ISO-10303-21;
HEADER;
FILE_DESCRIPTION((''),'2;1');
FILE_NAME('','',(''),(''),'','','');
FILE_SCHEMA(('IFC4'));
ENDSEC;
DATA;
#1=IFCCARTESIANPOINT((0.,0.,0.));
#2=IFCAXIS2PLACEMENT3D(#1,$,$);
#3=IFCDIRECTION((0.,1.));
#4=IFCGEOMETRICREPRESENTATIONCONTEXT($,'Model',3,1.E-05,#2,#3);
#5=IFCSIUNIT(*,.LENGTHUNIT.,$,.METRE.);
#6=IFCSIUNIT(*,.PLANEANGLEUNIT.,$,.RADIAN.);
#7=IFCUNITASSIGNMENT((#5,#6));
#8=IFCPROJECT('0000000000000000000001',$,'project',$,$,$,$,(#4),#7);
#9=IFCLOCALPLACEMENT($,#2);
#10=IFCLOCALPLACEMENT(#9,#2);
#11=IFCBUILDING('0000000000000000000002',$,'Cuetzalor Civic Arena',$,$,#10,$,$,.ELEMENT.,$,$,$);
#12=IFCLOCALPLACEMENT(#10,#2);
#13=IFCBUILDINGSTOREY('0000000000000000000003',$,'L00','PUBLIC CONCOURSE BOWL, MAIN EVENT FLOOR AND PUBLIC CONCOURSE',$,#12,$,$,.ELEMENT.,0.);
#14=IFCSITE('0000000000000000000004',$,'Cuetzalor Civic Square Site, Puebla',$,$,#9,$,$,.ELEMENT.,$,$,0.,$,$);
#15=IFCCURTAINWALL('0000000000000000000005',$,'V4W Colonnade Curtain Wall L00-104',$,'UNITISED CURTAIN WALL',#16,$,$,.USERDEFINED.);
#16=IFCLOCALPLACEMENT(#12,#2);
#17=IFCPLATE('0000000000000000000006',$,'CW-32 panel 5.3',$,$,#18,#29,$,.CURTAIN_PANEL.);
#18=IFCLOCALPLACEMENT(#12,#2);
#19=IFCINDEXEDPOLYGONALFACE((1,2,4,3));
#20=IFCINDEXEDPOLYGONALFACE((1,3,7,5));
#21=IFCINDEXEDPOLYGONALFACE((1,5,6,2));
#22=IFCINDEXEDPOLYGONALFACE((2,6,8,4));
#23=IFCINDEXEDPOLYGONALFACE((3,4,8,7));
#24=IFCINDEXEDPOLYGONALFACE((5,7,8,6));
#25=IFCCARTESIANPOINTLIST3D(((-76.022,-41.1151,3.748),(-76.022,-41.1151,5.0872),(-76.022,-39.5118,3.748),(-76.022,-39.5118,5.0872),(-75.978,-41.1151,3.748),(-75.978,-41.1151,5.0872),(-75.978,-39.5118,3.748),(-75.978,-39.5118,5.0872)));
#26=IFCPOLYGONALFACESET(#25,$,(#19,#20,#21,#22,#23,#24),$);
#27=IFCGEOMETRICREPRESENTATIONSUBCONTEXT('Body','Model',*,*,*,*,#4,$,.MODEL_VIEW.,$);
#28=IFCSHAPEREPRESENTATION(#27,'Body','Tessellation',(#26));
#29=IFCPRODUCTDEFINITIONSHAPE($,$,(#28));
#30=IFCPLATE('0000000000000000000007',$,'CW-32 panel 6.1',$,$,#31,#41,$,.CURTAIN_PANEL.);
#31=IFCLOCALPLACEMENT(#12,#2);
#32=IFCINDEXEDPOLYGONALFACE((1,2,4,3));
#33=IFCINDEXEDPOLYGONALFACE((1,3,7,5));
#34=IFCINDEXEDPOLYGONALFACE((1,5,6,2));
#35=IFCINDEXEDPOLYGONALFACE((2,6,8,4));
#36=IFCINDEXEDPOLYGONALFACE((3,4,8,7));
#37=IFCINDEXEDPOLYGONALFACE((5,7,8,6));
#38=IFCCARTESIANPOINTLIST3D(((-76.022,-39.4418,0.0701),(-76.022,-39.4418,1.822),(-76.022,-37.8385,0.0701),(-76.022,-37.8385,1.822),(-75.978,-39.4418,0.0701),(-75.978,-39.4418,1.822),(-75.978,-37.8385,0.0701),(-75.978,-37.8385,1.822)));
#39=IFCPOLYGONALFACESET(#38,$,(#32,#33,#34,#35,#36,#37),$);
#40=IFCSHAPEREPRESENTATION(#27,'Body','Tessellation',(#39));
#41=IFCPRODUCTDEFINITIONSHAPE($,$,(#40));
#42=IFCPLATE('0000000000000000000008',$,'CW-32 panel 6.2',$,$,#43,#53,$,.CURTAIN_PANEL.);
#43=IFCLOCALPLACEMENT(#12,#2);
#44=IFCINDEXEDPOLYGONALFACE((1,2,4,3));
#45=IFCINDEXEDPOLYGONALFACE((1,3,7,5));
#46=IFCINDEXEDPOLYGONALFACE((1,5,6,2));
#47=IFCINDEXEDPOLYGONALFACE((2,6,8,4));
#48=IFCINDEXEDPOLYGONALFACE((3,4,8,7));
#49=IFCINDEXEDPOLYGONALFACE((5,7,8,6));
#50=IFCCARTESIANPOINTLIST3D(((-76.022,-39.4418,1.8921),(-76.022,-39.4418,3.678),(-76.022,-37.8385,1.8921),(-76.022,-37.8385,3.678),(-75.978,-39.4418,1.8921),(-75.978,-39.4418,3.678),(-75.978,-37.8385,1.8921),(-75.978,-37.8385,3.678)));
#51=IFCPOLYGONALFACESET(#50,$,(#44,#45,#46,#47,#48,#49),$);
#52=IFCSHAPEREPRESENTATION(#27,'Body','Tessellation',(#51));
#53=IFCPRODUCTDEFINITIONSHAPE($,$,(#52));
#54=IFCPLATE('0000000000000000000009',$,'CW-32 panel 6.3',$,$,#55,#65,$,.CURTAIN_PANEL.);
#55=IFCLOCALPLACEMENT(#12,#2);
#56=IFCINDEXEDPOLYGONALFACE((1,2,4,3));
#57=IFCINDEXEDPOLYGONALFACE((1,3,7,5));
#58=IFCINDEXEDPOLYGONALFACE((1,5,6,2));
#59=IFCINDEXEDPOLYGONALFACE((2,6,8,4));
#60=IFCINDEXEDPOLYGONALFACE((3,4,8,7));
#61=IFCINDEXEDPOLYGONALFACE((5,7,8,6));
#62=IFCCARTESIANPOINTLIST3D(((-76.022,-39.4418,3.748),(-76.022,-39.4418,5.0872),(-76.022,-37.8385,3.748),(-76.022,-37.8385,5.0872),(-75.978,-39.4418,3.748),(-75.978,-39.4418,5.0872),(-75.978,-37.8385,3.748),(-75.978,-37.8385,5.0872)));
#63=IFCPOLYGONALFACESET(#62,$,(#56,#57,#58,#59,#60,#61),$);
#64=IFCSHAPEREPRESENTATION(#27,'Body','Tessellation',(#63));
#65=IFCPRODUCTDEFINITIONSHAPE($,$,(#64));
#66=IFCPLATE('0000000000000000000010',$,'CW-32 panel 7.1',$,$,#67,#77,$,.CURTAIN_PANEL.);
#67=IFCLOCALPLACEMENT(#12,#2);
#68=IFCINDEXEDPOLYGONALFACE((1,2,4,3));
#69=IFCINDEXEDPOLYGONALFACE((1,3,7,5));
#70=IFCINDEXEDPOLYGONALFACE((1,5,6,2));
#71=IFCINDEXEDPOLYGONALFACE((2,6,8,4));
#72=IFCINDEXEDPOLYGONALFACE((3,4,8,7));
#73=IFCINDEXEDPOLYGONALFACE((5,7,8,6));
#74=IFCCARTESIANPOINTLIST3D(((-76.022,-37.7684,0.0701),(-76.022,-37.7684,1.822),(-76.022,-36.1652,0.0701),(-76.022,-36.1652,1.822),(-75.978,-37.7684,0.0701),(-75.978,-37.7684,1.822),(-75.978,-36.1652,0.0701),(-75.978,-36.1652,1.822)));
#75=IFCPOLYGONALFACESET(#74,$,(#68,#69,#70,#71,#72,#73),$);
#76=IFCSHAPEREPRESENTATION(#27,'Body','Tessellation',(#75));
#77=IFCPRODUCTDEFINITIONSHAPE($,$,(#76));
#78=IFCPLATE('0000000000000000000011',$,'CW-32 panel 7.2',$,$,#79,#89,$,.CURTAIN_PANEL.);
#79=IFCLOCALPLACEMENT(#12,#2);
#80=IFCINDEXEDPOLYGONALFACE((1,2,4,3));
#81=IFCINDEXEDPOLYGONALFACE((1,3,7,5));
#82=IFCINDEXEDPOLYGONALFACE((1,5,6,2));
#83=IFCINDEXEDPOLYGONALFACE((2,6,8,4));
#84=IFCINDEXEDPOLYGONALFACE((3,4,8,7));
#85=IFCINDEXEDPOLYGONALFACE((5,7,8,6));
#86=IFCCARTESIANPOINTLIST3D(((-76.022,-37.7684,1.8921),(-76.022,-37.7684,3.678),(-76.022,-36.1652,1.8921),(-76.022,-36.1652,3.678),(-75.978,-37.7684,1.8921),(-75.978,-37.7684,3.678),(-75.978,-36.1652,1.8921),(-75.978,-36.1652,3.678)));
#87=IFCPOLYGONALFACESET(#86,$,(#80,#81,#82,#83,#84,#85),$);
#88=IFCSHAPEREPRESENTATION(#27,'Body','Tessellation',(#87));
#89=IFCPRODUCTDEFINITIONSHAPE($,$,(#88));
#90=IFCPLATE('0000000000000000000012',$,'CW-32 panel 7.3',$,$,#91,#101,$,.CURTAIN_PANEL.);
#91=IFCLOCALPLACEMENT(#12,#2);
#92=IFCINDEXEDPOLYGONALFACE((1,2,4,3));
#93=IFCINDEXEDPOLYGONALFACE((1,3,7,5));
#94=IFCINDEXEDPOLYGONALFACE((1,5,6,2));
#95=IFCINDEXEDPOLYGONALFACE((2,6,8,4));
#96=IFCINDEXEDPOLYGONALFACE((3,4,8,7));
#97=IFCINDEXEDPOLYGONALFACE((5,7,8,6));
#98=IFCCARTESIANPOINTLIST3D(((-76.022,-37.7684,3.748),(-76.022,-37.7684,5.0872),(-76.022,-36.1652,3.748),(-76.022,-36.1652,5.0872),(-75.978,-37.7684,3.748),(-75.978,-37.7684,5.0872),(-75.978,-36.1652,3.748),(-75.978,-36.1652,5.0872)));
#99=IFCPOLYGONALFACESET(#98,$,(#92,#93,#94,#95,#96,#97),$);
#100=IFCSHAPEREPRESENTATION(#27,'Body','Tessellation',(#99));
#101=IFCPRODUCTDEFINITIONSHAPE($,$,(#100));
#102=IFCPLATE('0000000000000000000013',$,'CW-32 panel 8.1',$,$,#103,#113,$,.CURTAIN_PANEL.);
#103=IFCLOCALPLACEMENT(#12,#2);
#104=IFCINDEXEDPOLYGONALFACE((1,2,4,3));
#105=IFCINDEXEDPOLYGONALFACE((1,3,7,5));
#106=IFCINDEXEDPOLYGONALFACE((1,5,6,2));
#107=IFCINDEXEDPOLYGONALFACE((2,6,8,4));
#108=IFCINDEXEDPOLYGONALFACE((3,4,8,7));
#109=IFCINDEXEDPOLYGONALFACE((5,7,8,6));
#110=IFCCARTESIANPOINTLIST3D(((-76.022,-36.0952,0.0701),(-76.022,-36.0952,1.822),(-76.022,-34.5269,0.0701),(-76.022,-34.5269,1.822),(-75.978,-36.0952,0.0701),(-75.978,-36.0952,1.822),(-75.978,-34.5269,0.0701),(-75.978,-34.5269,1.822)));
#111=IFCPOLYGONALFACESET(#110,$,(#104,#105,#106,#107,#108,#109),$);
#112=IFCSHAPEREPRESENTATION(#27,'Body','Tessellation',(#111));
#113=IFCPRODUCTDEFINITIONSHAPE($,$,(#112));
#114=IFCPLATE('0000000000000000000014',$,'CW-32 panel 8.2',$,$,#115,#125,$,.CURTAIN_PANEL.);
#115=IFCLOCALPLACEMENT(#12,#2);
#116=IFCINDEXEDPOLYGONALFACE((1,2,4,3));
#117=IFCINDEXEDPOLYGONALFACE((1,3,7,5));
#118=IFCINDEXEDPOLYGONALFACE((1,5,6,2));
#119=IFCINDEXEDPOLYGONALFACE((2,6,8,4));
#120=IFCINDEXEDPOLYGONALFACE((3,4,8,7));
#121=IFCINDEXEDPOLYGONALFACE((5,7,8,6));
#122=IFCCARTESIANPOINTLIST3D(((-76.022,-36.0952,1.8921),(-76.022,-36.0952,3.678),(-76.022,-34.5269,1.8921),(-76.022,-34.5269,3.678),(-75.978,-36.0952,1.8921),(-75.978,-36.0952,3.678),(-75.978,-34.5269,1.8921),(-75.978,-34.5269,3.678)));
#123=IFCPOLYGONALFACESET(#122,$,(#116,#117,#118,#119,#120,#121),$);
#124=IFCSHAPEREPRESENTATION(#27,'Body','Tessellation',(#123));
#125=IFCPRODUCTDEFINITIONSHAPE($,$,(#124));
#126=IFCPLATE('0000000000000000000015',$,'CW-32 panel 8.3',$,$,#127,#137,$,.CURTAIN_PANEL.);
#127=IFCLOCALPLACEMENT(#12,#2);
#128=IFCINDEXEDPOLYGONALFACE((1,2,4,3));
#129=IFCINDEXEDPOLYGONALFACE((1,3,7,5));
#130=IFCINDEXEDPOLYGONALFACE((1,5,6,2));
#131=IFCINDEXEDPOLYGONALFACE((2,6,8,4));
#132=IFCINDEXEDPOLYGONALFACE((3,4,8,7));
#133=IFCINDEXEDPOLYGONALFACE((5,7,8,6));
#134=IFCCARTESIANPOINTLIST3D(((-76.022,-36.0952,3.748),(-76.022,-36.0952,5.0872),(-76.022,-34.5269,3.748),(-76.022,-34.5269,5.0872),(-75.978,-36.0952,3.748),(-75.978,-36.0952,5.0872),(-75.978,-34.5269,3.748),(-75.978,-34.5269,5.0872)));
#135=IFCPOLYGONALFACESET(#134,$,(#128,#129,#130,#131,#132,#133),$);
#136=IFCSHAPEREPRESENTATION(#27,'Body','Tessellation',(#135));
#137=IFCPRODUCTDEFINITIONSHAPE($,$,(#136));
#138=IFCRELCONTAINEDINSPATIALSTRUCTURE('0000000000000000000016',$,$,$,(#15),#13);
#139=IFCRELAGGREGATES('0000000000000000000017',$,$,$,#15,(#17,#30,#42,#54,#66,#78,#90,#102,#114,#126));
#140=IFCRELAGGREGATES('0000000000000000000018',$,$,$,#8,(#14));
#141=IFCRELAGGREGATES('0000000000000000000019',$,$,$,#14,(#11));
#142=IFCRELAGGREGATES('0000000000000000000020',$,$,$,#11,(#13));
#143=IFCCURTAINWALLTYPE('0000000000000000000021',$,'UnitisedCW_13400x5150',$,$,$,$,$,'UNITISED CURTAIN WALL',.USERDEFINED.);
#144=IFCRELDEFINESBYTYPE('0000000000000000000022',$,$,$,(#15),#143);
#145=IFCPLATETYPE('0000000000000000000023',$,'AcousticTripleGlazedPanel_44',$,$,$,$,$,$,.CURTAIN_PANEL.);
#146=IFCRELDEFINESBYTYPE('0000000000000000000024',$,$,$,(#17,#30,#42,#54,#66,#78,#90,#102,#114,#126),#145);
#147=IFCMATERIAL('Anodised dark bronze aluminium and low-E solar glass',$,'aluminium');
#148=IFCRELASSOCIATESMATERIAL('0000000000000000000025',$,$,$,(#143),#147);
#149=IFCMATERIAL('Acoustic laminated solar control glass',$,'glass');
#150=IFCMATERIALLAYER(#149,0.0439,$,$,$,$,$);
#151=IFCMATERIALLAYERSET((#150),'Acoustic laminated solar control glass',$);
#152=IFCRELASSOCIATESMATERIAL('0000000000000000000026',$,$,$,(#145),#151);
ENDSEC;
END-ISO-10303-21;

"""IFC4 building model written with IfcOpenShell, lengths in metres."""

from ifc_helpers import new_model, si_unit, direction, frame, origin, origin_2d, place, context, subcontext, project, spatial, rectangle, extrude, material, layer, layer_set, type_object, element, aggregate, save


model = new_model("IFC4")

# Units and contexts
model_context = context("Model", 3, precision=1e-05, world=origin(), true_north=direction((0.0, 1.0)))
body_context = subcontext(model_context, "Body", "Model", "MODEL_VIEW")
ifc_project = project(units=[si_unit("LENGTHUNIT", "METRE"), si_unit("PLANEANGLEUNIT", "RADIAN")], contexts=[model_context])

# Site, building, storey
site_placement = place(None, origin())
site = spatial("IfcSite", under=ifc_project, at=site_placement, Name="Cuetzalor Civic Square Site, Puebla", CompositionType="ELEMENT", RefElevation=0.0)
building_placement = place(site_placement, origin())
building = spatial("IfcBuilding", under=site, at=building_placement, Name="Cuetzalor Civic Arena", CompositionType="ELEMENT")
storey_placement = place(building_placement, origin())
storey = spatial("IfcBuildingStorey", under=building, at=storey_placement, Name="L00", Description="PUBLIC CONCOURSE BOWL, MAIN EVENT FLOOR AND PUBLIC CONCOURSE", CompositionType="ELEMENT", Elevation=0.0)

# Curtain wall
ifc_material_1 = material(Name="Anodised dark bronze aluminium and low-E solar glass", Category="aluminium")
curtain_wall_type = type_object("IfcCurtainWallType", Name="UnitisedCW_13400x5150", ElementType="UNITISED CURTAIN WALL", PredefinedType="USERDEFINED", material=ifc_material_1)
curtain_wall_placement = place(storey_placement, origin())
curtain_wall = element("IfcCurtainWall", 1, at=curtain_wall_placement, inside=storey, type_object=curtain_wall_type, Name="V4W Colonnade Curtain Wall L00-104", ObjectType="UNITISED CURTAIN WALL", PredefinedType="USERDEFINED")

# Plates
ifc_material_2 = material(Name="Acoustic laminated solar control glass", Category="glass")
ifc_layer = layer(ifc_material_2, 0.0439)
ifc_layer_set = layer_set([ifc_layer], Name="Acoustic laminated solar control glass")
plate_type = type_object("IfcPlateType", Name="AcousticTripleGlazedPanel_44", PredefinedType="CURTAIN_PANEL", material=ifc_layer_set)
plate_1_placement = place(storey_placement, frame((-76.0, -40.3135, 3.748), z_axis=(0.0, 0.0, 1.0), x_axis=(0.0, 1.0, 0.0)))
plate_1 = element("IfcPlate", 2, at=plate_1_placement, type_object=plate_type, Name="CW-32 panel 5.3", PredefinedType="CURTAIN_PANEL", context=body_context, shape_type="SweptSolid", body=[
    extrude(rectangle(XDim=1.6033, YDim=0.0439, at=origin_2d()), origin(), (0.0, 0.0, 1.0), 1.3391),
])
plate_2_placement = place(storey_placement, frame((-76.0, -38.6401, 0.0701), z_axis=(0.0, 0.0, 1.0), x_axis=(0.0, 1.0, 0.0)))
plate_2 = element("IfcPlate", 3, at=plate_2_placement, type_object=plate_type, Name="CW-32 panel 6.1", PredefinedType="CURTAIN_PANEL", context=body_context, shape_type="SweptSolid", body=[
    extrude(rectangle(XDim=1.6033, YDim=0.0439, at=origin_2d()), origin(), (0.0, 0.0, 1.0), 1.752),
])
plate_3_placement = place(storey_placement, frame((-76.0, -38.6401, 1.8921), z_axis=(0.0, 0.0, 1.0), x_axis=(0.0, 1.0, 0.0)))
plate_3 = element("IfcPlate", 4, at=plate_3_placement, type_object=plate_type, Name="CW-32 panel 6.2", PredefinedType="CURTAIN_PANEL", context=body_context, shape_type="SweptSolid", body=[
    extrude(rectangle(XDim=1.6033, YDim=0.0439, at=origin_2d()), origin(), (0.0, 0.0, 1.0), 1.7859),
])
plate_4_placement = place(storey_placement, frame((-76.0, -38.6401, 3.748), z_axis=(0.0, 0.0, 1.0), x_axis=(0.0, 1.0, 0.0)))
plate_4 = element("IfcPlate", 5, at=plate_4_placement, type_object=plate_type, Name="CW-32 panel 6.3", PredefinedType="CURTAIN_PANEL", context=body_context, shape_type="SweptSolid", body=[
    extrude(rectangle(XDim=1.6033, YDim=0.0439, at=origin_2d()), origin(), (0.0, 0.0, 1.0), 1.3391),
])
plate_5_placement = place(storey_placement, frame((-76.0, -36.9668, 0.0701), z_axis=(0.0, 0.0, 1.0), x_axis=(0.0, 1.0, 0.0)))
plate_5 = element("IfcPlate", 6, at=plate_5_placement, type_object=plate_type, Name="CW-32 panel 7.1", PredefinedType="CURTAIN_PANEL", context=body_context, shape_type="SweptSolid", body=[
    extrude(rectangle(XDim=1.6033, YDim=0.0439, at=origin_2d()), origin(), (0.0, 0.0, 1.0), 1.752),
])
plate_6_placement = place(storey_placement, frame((-76.0, -36.9668, 1.8921), z_axis=(0.0, 0.0, 1.0), x_axis=(0.0, 1.0, 0.0)))
plate_6 = element("IfcPlate", 7, at=plate_6_placement, type_object=plate_type, Name="CW-32 panel 7.2", PredefinedType="CURTAIN_PANEL", context=body_context, shape_type="SweptSolid", body=[
    extrude(rectangle(XDim=1.6033, YDim=0.0439, at=origin_2d()), origin(), (0.0, 0.0, 1.0), 1.7859),
])
plate_7_placement = place(storey_placement, frame((-76.0, -36.9668, 3.748), z_axis=(0.0, 0.0, 1.0), x_axis=(0.0, 1.0, 0.0)))
plate_7 = element("IfcPlate", 8, at=plate_7_placement, type_object=plate_type, Name="CW-32 panel 7.3", PredefinedType="CURTAIN_PANEL", context=body_context, shape_type="SweptSolid", body=[
    extrude(rectangle(XDim=1.6033, YDim=0.0439, at=origin_2d()), origin(), (0.0, 0.0, 1.0), 1.3391),
])
plate_8_placement = place(storey_placement, frame((-76.0, -35.311, 0.0701), z_axis=(0.0, 0.0, 1.0), x_axis=(0.0, 1.0, 0.0)))
plate_8 = element("IfcPlate", 9, at=plate_8_placement, type_object=plate_type, Name="CW-32 panel 8.1", PredefinedType="CURTAIN_PANEL", context=body_context, shape_type="SweptSolid", body=[
    extrude(rectangle(XDim=1.5684, YDim=0.0439, at=origin_2d()), origin(), (0.0, 0.0, 1.0), 1.752),
])
plate_9_placement = place(storey_placement, frame((-76.0, -35.311, 1.8921), z_axis=(0.0, 0.0, 1.0), x_axis=(0.0, 1.0, 0.0)))
plate_9 = element("IfcPlate", 10, at=plate_9_placement, type_object=plate_type, Name="CW-32 panel 8.2", PredefinedType="CURTAIN_PANEL", context=body_context, shape_type="SweptSolid", body=[
    extrude(rectangle(XDim=1.5684, YDim=0.0439, at=origin_2d()), origin(), (0.0, 0.0, 1.0), 1.7859),
])
plate_10_placement = place(storey_placement, frame((-76.0, -35.311, 3.748), z_axis=(0.0, 0.0, 1.0), x_axis=(0.0, 1.0, 0.0)))
plate_10 = element("IfcPlate", 11, at=plate_10_placement, type_object=plate_type, Name="CW-32 panel 8.3", PredefinedType="CURTAIN_PANEL", context=body_context, shape_type="SweptSolid", body=[
    extrude(rectangle(XDim=1.5684, YDim=0.0439, at=origin_2d()), origin(), (0.0, 0.0, 1.0), 1.3391),
])
aggregate(curtain_wall, [plate_1, plate_2, plate_3, plate_4, plate_5, plate_6, plate_7, plate_8, plate_9, plate_10])

save(model, "model.ifc")
